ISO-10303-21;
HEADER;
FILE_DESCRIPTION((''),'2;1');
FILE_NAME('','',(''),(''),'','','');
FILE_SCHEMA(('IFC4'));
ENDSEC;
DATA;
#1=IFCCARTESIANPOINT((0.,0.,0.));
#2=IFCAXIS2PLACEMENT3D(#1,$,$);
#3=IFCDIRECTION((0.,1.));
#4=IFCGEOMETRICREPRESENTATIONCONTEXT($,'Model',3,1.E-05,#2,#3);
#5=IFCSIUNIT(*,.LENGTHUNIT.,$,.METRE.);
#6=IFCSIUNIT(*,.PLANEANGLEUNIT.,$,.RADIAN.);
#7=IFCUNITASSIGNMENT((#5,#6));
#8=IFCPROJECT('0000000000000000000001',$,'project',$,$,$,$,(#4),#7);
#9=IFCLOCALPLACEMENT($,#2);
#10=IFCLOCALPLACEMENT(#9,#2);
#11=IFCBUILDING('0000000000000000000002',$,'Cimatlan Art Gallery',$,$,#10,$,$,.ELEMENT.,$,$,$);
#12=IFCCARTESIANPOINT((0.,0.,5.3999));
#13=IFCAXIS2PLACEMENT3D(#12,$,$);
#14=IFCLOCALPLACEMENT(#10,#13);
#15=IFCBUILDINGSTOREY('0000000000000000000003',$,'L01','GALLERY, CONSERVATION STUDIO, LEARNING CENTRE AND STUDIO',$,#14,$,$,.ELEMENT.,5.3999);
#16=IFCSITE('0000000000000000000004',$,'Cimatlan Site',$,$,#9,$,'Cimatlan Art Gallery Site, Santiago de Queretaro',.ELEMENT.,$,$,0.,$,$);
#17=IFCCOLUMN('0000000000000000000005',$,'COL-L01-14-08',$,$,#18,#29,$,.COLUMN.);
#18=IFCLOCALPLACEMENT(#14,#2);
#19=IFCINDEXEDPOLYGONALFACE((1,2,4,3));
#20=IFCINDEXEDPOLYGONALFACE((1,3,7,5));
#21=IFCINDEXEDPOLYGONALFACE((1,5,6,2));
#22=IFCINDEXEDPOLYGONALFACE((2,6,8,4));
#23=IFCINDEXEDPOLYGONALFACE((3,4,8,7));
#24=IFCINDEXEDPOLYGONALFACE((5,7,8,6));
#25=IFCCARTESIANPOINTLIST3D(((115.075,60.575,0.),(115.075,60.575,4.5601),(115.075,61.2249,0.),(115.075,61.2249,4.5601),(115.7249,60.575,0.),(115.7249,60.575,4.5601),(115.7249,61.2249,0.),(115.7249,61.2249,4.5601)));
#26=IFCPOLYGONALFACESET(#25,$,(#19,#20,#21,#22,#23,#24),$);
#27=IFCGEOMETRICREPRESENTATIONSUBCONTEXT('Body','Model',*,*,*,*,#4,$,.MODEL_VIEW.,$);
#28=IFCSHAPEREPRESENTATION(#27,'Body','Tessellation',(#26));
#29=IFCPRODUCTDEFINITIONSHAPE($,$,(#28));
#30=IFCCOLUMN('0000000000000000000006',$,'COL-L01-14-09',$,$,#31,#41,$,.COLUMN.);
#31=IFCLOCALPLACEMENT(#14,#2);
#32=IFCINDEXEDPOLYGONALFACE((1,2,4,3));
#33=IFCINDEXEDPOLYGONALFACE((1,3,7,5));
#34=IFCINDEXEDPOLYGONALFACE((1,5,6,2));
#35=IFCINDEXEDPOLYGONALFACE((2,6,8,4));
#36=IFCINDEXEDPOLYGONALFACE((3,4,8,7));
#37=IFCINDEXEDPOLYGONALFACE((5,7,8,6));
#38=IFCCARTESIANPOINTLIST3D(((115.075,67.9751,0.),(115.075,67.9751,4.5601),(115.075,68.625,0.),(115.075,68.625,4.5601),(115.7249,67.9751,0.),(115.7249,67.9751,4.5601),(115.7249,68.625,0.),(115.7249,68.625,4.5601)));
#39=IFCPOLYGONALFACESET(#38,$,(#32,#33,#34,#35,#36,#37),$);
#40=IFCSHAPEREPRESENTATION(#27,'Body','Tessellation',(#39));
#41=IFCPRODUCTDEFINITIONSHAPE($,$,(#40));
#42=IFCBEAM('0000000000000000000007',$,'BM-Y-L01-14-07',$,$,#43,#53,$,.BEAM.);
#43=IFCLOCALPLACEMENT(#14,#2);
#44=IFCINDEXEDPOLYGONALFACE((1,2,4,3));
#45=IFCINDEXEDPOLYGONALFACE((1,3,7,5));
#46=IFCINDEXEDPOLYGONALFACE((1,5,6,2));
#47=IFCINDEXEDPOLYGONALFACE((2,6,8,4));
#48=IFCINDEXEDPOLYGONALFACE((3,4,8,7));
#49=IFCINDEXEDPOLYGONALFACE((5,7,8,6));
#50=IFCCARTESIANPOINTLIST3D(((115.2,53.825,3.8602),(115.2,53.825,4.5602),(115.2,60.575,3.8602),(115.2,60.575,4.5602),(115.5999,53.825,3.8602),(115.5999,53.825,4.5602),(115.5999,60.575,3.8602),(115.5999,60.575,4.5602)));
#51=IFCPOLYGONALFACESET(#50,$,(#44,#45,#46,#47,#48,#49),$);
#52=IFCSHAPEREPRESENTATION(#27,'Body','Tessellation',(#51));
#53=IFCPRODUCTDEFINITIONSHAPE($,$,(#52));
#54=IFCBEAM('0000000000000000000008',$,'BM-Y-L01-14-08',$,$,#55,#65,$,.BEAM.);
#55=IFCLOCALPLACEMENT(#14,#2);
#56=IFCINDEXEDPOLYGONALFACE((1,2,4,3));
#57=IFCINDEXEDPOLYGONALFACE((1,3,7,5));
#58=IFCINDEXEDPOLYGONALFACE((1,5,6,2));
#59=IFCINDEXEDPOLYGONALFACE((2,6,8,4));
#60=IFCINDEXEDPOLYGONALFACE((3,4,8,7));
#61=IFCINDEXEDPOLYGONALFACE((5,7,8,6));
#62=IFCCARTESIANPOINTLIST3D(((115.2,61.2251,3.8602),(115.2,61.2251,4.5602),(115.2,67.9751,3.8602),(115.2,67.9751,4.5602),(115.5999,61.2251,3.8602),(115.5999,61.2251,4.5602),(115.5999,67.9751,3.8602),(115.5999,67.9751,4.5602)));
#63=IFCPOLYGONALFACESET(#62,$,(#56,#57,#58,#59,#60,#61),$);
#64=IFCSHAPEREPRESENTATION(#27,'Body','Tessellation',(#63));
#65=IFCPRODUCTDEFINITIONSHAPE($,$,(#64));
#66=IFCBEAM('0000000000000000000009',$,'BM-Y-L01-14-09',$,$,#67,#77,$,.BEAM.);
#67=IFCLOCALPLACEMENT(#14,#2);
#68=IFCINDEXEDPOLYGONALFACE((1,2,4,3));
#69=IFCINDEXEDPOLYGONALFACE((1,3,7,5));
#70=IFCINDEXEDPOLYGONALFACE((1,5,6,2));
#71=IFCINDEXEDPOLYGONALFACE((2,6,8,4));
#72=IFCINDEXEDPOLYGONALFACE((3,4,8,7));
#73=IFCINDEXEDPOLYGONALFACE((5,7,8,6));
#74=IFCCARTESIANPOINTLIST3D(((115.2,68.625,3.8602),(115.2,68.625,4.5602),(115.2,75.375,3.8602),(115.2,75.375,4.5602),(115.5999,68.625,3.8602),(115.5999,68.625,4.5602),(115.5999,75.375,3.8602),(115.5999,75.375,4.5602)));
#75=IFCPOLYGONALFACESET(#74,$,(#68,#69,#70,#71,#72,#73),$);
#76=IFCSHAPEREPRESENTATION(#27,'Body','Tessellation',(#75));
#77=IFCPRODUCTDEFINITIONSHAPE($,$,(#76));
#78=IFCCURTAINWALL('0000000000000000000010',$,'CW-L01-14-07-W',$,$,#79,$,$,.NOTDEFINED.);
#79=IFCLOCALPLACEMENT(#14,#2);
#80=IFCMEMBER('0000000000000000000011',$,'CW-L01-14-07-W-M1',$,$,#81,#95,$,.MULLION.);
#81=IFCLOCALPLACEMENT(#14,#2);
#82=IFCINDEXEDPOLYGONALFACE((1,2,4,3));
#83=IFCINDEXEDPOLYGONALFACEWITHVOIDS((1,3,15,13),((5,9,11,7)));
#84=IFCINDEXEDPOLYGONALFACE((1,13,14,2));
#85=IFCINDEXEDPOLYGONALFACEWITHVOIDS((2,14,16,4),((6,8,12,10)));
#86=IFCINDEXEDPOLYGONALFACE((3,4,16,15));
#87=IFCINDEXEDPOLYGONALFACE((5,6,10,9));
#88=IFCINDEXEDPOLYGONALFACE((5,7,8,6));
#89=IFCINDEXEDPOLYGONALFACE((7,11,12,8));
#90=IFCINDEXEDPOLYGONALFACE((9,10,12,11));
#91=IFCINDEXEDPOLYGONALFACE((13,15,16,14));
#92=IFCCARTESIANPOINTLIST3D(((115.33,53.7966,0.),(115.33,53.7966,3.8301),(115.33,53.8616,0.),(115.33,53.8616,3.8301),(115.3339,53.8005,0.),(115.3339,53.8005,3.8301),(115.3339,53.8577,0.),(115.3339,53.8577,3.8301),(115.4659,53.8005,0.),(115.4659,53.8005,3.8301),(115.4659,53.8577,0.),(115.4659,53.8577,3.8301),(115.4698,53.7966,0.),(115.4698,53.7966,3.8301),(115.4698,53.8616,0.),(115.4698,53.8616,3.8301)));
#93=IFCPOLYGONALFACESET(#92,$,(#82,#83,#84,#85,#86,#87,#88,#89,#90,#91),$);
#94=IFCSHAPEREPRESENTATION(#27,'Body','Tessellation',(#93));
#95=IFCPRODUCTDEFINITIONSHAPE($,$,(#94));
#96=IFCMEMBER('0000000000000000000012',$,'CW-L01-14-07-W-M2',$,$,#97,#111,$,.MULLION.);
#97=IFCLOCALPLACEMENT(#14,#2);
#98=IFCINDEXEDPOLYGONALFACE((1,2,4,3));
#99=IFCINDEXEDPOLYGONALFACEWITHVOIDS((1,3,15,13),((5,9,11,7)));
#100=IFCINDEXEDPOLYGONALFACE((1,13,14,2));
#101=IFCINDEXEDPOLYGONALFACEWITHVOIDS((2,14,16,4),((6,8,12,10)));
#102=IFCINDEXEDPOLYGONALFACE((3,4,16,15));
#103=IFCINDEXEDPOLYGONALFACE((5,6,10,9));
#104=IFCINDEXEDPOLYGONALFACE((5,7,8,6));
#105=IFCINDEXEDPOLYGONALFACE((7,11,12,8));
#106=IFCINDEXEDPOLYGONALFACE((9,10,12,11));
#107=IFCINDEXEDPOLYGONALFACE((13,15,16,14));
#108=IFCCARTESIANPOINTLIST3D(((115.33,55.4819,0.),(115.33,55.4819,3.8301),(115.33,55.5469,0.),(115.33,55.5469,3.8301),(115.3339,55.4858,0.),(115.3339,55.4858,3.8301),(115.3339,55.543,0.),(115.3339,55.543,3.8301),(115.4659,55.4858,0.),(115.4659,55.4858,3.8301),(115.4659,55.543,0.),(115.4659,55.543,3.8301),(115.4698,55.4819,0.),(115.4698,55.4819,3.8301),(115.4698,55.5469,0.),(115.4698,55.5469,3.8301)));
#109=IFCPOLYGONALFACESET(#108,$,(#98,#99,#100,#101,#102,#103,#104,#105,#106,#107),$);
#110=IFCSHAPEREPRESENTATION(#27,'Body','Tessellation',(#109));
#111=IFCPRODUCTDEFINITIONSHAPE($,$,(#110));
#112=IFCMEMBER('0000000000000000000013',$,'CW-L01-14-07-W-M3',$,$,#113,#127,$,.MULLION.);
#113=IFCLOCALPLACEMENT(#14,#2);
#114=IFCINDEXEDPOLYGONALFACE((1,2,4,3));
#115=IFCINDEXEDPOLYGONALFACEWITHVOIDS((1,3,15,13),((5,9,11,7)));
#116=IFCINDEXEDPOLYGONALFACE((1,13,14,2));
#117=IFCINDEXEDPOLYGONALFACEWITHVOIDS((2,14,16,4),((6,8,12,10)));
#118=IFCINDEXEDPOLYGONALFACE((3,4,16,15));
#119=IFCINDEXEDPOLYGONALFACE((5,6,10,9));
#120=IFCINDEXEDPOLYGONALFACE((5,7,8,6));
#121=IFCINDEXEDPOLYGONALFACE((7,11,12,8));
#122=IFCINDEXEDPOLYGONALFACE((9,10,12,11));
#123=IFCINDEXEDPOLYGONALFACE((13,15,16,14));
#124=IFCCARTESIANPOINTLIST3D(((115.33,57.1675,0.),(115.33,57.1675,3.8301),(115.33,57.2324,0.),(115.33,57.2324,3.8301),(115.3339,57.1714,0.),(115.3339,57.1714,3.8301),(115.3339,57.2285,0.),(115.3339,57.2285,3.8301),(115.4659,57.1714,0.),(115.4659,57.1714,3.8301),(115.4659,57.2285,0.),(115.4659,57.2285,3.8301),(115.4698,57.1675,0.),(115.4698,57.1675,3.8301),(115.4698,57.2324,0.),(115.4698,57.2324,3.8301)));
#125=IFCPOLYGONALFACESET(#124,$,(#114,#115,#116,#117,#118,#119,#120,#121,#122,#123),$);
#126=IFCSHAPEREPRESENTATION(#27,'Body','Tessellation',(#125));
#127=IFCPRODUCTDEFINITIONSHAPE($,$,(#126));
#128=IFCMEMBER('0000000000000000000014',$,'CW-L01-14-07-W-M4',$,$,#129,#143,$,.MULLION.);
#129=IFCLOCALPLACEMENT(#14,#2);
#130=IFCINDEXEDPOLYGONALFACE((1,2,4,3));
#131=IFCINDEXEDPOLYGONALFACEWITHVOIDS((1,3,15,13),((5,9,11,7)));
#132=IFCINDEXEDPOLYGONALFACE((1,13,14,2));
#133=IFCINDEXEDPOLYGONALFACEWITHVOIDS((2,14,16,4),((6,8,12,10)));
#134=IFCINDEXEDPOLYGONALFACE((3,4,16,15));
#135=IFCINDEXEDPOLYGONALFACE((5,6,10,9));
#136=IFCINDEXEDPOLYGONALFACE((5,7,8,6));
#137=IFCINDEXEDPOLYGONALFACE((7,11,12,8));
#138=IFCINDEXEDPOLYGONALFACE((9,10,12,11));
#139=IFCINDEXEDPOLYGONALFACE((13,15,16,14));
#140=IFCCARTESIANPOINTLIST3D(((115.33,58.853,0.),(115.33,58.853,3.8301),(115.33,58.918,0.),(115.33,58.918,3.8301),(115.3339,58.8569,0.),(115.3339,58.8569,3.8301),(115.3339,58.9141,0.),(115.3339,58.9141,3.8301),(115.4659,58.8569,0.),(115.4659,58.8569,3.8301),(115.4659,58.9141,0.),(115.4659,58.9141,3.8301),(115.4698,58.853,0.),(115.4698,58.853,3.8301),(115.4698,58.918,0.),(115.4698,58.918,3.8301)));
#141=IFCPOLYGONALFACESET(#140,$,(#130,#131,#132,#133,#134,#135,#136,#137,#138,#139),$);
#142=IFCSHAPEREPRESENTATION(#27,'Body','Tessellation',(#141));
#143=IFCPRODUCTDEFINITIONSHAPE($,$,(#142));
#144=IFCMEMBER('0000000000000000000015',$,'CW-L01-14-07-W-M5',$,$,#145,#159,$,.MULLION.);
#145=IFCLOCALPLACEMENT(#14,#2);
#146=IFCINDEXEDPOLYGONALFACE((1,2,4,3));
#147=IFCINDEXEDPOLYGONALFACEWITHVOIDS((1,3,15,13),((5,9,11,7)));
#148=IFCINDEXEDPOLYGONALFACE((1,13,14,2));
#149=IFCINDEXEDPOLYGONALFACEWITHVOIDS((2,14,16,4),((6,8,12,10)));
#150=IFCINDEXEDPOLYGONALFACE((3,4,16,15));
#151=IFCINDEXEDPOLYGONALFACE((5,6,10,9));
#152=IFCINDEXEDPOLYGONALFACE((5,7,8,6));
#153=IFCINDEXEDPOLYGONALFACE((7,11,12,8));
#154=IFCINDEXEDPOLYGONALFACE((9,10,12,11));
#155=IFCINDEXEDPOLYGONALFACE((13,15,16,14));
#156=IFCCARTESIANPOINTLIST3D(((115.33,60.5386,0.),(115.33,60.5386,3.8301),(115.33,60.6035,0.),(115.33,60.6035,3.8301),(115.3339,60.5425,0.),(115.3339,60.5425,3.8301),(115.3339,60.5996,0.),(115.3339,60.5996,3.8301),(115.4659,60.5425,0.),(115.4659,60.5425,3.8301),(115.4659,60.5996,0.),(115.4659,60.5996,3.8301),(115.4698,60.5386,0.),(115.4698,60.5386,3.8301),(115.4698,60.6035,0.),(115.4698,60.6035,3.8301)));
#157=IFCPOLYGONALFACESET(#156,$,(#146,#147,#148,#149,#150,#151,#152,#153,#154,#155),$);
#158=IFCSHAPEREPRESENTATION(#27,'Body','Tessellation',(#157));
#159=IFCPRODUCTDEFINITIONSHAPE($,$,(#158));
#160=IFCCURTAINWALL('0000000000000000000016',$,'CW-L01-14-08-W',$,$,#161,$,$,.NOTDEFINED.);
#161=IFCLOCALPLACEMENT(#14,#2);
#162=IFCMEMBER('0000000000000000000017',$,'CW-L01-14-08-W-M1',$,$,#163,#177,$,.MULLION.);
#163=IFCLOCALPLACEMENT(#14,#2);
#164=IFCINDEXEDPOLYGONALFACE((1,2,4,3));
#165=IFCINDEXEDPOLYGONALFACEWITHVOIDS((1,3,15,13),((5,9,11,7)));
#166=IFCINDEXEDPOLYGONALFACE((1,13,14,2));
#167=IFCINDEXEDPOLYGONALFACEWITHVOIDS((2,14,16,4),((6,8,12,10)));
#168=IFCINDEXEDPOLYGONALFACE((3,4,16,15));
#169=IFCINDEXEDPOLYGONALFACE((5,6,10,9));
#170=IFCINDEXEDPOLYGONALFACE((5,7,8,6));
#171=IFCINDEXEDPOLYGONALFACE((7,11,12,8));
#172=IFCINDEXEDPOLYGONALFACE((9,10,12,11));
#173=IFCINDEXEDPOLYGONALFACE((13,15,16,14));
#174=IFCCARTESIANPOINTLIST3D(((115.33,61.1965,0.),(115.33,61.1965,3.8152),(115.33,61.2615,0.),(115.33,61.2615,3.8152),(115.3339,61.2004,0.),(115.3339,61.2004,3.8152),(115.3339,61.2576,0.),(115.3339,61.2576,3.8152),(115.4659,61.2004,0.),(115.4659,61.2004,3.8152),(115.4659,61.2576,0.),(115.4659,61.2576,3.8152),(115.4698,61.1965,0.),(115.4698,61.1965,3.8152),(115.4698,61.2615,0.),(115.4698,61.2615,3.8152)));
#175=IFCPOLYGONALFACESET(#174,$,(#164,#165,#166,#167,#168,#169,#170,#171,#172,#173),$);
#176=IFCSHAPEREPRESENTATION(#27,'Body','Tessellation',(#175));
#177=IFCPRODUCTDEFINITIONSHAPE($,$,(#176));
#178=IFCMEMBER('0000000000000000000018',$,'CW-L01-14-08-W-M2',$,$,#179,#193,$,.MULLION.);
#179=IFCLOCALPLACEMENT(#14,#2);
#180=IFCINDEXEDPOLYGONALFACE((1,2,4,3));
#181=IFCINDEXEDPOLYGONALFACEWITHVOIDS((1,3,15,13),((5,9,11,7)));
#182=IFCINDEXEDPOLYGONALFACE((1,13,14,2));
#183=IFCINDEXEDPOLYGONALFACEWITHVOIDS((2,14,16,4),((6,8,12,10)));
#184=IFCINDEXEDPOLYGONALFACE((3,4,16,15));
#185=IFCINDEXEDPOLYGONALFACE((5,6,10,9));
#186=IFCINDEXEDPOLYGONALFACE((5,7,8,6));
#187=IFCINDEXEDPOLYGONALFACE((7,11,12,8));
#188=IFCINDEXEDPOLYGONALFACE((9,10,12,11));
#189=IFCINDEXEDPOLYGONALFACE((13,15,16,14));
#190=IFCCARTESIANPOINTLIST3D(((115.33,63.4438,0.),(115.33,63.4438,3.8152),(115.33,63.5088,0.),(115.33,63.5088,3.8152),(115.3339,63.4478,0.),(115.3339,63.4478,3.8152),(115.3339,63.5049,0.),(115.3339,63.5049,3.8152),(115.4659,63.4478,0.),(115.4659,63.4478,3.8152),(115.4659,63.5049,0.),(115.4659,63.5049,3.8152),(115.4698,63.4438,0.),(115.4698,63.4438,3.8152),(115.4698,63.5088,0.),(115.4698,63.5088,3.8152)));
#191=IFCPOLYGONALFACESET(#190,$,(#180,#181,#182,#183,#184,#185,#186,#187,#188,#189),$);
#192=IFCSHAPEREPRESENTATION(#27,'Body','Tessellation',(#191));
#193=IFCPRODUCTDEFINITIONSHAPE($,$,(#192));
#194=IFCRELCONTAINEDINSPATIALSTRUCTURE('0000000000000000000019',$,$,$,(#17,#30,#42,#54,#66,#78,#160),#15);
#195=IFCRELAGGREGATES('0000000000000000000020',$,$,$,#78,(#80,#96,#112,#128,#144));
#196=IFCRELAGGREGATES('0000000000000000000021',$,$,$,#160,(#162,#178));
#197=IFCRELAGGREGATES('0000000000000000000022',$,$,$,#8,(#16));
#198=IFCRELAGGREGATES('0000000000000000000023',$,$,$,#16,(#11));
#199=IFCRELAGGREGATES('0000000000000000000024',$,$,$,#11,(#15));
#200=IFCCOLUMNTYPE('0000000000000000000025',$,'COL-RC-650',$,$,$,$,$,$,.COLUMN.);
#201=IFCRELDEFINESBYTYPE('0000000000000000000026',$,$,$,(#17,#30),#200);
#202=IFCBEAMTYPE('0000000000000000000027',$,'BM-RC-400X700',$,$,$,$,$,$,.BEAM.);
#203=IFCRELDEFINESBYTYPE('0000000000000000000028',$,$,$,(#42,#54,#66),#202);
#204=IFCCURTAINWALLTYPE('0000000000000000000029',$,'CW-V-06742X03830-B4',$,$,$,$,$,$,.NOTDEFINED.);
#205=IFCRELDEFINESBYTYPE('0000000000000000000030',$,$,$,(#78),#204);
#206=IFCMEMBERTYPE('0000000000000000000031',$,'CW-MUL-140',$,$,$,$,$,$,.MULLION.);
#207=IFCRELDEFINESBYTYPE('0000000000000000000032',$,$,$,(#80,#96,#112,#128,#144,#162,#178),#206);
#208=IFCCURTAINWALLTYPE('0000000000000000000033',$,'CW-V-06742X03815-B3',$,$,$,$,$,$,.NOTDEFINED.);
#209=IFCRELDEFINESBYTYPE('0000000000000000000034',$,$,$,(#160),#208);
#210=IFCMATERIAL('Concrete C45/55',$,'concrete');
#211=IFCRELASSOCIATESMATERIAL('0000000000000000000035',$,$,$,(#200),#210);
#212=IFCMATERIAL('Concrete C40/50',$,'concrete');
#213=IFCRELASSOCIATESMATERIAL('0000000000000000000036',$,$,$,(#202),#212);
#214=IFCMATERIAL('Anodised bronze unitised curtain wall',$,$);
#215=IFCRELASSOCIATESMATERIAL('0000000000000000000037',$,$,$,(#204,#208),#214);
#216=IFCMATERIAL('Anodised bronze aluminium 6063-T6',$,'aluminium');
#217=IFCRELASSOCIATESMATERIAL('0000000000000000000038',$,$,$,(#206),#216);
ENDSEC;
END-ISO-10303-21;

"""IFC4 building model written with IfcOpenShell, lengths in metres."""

from ifc_helpers import new_model, si_unit, direction, frame, origin, origin_2d, place, context, subcontext, project, spatial, rectangle, hollow_rectangle, extrude, material, material_profile, profile_set, type_object, element, aggregate, save


model = new_model("IFC4")

# Units and contexts
model_context = context("Model", 3, precision=1e-05, world=origin(), true_north=direction((0.0, 1.0)))
body_context = subcontext(model_context, "Body", "Model", "MODEL_VIEW")
ifc_project = project(units=[si_unit("LENGTHUNIT", "METRE"), si_unit("PLANEANGLEUNIT", "RADIAN")], contexts=[model_context])

# Site, building, storey
site_placement = place(None, origin())
site = spatial("IfcSite", under=ifc_project, at=site_placement, Name="Cimatlan Site", LongName="Cimatlan Art Gallery Site, Santiago de Queretaro", CompositionType="ELEMENT", RefElevation=0.0)
building_placement = place(site_placement, origin())
building = spatial("IfcBuilding", under=site, at=building_placement, Name="Cimatlan Art Gallery", CompositionType="ELEMENT")
storey_placement = place(building_placement, frame((0.0, 0.0, 5.3999)))
storey = spatial("IfcBuildingStorey", under=building, at=storey_placement, Name="L01", Description="GALLERY, CONSERVATION STUDIO, LEARNING CENTRE AND STUDIO", CompositionType="ELEMENT", Elevation=5.3999)

# Columns
ifc_material_1 = material(Name="Concrete C45/55", Category="concrete")
ifc_material_profile_1 = material_profile(ifc_material_1, rectangle(XDim=0.6499, YDim=0.6499, at=origin_2d()), Name="RC650X650")
ifc_profile_set_1 = profile_set([ifc_material_profile_1], Name="Concrete C45/55")
column_type = type_object("IfcColumnType", Name="COL-RC-650", PredefinedType="COLUMN", material=ifc_profile_set_1)
for number, where, z_axis, x_axis, name in (
    (1, (115.3999, 60.8999, 0.0), (0.0, 0.0, 1.0), (1.0, 0.0, 0.0), "COL-L01-14-08"),
    (2, (115.3999, 68.3, 0.0), (0.0, 0.0, 1.0), (1.0, 0.0, 0.0), "COL-L01-14-09"),
):
    element("IfcColumn", number, at=place(storey_placement, frame(where, z_axis=z_axis, x_axis=x_axis)), inside=storey, type_object=column_type, Name=name, PredefinedType="COLUMN", context=body_context, shape_type="SweptSolid", body=[
        extrude(rectangle(XDim=0.6499, YDim=0.6499, at=origin_2d()), origin(), (0.0, 0.0, 1.0), 4.5601),
    ])

# Beams
ifc_material_2 = material(Name="Concrete C40/50", Category="concrete")
ifc_material_profile_2 = material_profile(ifc_material_2, rectangle(XDim=0.3999, YDim=0.7, at=origin_2d()), Name="RC400X700")
ifc_profile_set_2 = profile_set([ifc_material_profile_2], Name="Concrete C40/50")
beam_type = type_object("IfcBeamType", Name="BM-RC-400X700", PredefinedType="BEAM", material=ifc_profile_set_2)
for number, where, z_axis, x_axis, name in (
    (3, (115.3999, 53.825, 4.2102), (0.0, 1.0, 0.0), (-1.0, 0.0, 0.0), "BM-Y-L01-14-07"),
    (4, (115.3999, 61.2251, 4.2102), (0.0, 1.0, 0.0), (-1.0, 0.0, 0.0), "BM-Y-L01-14-08"),
    (5, (115.3999, 68.625, 4.2102), (0.0, 1.0, 0.0), (-1.0, 0.0, 0.0), "BM-Y-L01-14-09"),
):
    element("IfcBeam", number, at=place(storey_placement, frame(where, z_axis=z_axis, x_axis=x_axis)), inside=storey, type_object=beam_type, Name=name, PredefinedType="BEAM", context=body_context, shape_type="SweptSolid", body=[
        extrude(rectangle(XDim=0.3999, YDim=0.7, at=origin_2d()), origin(), (0.0, 0.0, 1.0), 6.75),
    ])

# Curtain walls, members
ifc_material_3 = material(Name="Anodised bronze unitised curtain wall")
curtain_wall_type_1 = type_object("IfcCurtainWallType", Name="CW-V-06742X03830-B4", PredefinedType="NOTDEFINED", material=ifc_material_3)
curtain_wall_1_placement = place(storey_placement, origin())
curtain_wall_1 = element("IfcCurtainWall", 6, at=curtain_wall_1_placement, inside=storey, type_object=curtain_wall_type_1, Name="CW-L01-14-07-W", PredefinedType="NOTDEFINED")
ifc_material_4 = material(Name="Anodised bronze aluminium 6063-T6", Category="aluminium")
ifc_material_profile_3 = material_profile(ifc_material_4, hollow_rectangle(XDim=0.0649, YDim=0.1399, WallThickness=0.0039, at=origin_2d()), Name="ALU65X140X4")
ifc_profile_set_3 = profile_set([ifc_material_profile_3], Name="Anodised bronze aluminium 6063-T6")
member_type_1 = type_object("IfcMemberType", Name="CW-MUL-140", PredefinedType="MULLION", material=ifc_profile_set_3)
member_1_placement = place(storey_placement, frame((115.3999, 53.8291, 0.0), z_axis=(0.0, 0.0, 1.0), x_axis=(0.0, 1.0, 0.0)))
member_1 = element("IfcMember", 7, at=member_1_placement, type_object=member_type_1, Name="CW-L01-14-07-W-M1", PredefinedType="MULLION", context=body_context, shape_type="SweptSolid", body=[
    extrude(hollow_rectangle(XDim=0.0649, YDim=0.1399, WallThickness=0.0039, at=origin_2d()), origin(), (0.0, 0.0, 1.0), 3.8301),
])
member_2_placement = place(storey_placement, frame((115.3999, 55.5144, 0.0), z_axis=(0.0, 0.0, 1.0), x_axis=(0.0, 1.0, 0.0)))
member_2 = element("IfcMember", 8, at=member_2_placement, type_object=member_type_1, Name="CW-L01-14-07-W-M2", PredefinedType="MULLION", context=body_context, shape_type="SweptSolid", body=[
    extrude(hollow_rectangle(XDim=0.0649, YDim=0.1399, WallThickness=0.0039, at=origin_2d()), origin(), (0.0, 0.0, 1.0), 3.8301),
])
member_3_placement = place(storey_placement, frame((115.3999, 57.2, 0.0), z_axis=(0.0, 0.0, 1.0), x_axis=(0.0, 1.0, 0.0)))
member_3 = element("IfcMember", 9, at=member_3_placement, type_object=member_type_1, Name="CW-L01-14-07-W-M3", PredefinedType="MULLION", context=body_context, shape_type="SweptSolid", body=[
    extrude(hollow_rectangle(XDim=0.0649, YDim=0.1399, WallThickness=0.0039, at=origin_2d()), origin(), (0.0, 0.0, 1.0), 3.8301),
])
member_4_placement = place(storey_placement, frame((115.3999, 58.8855, 0.0), z_axis=(0.0, 0.0, 1.0), x_axis=(0.0, 1.0, 0.0)))
member_4 = element("IfcMember", 10, at=member_4_placement, type_object=member_type_1, Name="CW-L01-14-07-W-M4", PredefinedType="MULLION", context=body_context, shape_type="SweptSolid", body=[
    extrude(hollow_rectangle(XDim=0.0649, YDim=0.1399, WallThickness=0.0039, at=origin_2d()), origin(), (0.0, 0.0, 1.0), 3.8301),
])
member_5_placement = place(storey_placement, frame((115.3999, 60.571, 0.0), z_axis=(0.0, 0.0, 1.0), x_axis=(0.0, 1.0, 0.0)))
member_5 = element("IfcMember", 11, at=member_5_placement, type_object=member_type_1, Name="CW-L01-14-07-W-M5", PredefinedType="MULLION", context=body_context, shape_type="SweptSolid", body=[
    extrude(hollow_rectangle(XDim=0.0649, YDim=0.1399, WallThickness=0.0039, at=origin_2d()), origin(), (0.0, 0.0, 1.0), 3.8301),
])
curtain_wall_type_2 = type_object("IfcCurtainWallType", Name="CW-V-06742X03815-B3", PredefinedType="NOTDEFINED", material=ifc_material_3)
curtain_wall_2_placement = place(storey_placement, origin())
curtain_wall_2 = element("IfcCurtainWall", 12, at=curtain_wall_2_placement, inside=storey, type_object=curtain_wall_type_2, Name="CW-L01-14-08-W", PredefinedType="NOTDEFINED")
member_6_placement = place(storey_placement, frame((115.3999, 61.229, 0.0), z_axis=(0.0, 0.0, 1.0), x_axis=(0.0, 1.0, 0.0)))
member_6 = element("IfcMember", 13, at=member_6_placement, type_object=member_type_1, Name="CW-L01-14-08-W-M1", PredefinedType="MULLION", context=body_context, shape_type="SweptSolid", body=[
    extrude(hollow_rectangle(XDim=0.0649, YDim=0.1399, WallThickness=0.0039, at=origin_2d()), origin(), (0.0, 0.0, 1.0), 3.8152),
])
member_7_placement = place(storey_placement, frame((115.3999, 63.4763, 0.0), z_axis=(0.0, 0.0, 1.0), x_axis=(0.0, 1.0, 0.0)))
member_7 = element("IfcMember", 14, at=member_7_placement, type_object=member_type_1, Name="CW-L01-14-08-W-M2", PredefinedType="MULLION", context=body_context, shape_type="SweptSolid", body=[
    extrude(hollow_rectangle(XDim=0.0649, YDim=0.1399, WallThickness=0.0039, at=origin_2d()), origin(), (0.0, 0.0, 1.0), 3.8152),
])

aggregate(curtain_wall_1, [member_1, member_2, member_3, member_4, member_5])
aggregate(curtain_wall_2, [member_6, member_7])

save(model, "model.ifc")
